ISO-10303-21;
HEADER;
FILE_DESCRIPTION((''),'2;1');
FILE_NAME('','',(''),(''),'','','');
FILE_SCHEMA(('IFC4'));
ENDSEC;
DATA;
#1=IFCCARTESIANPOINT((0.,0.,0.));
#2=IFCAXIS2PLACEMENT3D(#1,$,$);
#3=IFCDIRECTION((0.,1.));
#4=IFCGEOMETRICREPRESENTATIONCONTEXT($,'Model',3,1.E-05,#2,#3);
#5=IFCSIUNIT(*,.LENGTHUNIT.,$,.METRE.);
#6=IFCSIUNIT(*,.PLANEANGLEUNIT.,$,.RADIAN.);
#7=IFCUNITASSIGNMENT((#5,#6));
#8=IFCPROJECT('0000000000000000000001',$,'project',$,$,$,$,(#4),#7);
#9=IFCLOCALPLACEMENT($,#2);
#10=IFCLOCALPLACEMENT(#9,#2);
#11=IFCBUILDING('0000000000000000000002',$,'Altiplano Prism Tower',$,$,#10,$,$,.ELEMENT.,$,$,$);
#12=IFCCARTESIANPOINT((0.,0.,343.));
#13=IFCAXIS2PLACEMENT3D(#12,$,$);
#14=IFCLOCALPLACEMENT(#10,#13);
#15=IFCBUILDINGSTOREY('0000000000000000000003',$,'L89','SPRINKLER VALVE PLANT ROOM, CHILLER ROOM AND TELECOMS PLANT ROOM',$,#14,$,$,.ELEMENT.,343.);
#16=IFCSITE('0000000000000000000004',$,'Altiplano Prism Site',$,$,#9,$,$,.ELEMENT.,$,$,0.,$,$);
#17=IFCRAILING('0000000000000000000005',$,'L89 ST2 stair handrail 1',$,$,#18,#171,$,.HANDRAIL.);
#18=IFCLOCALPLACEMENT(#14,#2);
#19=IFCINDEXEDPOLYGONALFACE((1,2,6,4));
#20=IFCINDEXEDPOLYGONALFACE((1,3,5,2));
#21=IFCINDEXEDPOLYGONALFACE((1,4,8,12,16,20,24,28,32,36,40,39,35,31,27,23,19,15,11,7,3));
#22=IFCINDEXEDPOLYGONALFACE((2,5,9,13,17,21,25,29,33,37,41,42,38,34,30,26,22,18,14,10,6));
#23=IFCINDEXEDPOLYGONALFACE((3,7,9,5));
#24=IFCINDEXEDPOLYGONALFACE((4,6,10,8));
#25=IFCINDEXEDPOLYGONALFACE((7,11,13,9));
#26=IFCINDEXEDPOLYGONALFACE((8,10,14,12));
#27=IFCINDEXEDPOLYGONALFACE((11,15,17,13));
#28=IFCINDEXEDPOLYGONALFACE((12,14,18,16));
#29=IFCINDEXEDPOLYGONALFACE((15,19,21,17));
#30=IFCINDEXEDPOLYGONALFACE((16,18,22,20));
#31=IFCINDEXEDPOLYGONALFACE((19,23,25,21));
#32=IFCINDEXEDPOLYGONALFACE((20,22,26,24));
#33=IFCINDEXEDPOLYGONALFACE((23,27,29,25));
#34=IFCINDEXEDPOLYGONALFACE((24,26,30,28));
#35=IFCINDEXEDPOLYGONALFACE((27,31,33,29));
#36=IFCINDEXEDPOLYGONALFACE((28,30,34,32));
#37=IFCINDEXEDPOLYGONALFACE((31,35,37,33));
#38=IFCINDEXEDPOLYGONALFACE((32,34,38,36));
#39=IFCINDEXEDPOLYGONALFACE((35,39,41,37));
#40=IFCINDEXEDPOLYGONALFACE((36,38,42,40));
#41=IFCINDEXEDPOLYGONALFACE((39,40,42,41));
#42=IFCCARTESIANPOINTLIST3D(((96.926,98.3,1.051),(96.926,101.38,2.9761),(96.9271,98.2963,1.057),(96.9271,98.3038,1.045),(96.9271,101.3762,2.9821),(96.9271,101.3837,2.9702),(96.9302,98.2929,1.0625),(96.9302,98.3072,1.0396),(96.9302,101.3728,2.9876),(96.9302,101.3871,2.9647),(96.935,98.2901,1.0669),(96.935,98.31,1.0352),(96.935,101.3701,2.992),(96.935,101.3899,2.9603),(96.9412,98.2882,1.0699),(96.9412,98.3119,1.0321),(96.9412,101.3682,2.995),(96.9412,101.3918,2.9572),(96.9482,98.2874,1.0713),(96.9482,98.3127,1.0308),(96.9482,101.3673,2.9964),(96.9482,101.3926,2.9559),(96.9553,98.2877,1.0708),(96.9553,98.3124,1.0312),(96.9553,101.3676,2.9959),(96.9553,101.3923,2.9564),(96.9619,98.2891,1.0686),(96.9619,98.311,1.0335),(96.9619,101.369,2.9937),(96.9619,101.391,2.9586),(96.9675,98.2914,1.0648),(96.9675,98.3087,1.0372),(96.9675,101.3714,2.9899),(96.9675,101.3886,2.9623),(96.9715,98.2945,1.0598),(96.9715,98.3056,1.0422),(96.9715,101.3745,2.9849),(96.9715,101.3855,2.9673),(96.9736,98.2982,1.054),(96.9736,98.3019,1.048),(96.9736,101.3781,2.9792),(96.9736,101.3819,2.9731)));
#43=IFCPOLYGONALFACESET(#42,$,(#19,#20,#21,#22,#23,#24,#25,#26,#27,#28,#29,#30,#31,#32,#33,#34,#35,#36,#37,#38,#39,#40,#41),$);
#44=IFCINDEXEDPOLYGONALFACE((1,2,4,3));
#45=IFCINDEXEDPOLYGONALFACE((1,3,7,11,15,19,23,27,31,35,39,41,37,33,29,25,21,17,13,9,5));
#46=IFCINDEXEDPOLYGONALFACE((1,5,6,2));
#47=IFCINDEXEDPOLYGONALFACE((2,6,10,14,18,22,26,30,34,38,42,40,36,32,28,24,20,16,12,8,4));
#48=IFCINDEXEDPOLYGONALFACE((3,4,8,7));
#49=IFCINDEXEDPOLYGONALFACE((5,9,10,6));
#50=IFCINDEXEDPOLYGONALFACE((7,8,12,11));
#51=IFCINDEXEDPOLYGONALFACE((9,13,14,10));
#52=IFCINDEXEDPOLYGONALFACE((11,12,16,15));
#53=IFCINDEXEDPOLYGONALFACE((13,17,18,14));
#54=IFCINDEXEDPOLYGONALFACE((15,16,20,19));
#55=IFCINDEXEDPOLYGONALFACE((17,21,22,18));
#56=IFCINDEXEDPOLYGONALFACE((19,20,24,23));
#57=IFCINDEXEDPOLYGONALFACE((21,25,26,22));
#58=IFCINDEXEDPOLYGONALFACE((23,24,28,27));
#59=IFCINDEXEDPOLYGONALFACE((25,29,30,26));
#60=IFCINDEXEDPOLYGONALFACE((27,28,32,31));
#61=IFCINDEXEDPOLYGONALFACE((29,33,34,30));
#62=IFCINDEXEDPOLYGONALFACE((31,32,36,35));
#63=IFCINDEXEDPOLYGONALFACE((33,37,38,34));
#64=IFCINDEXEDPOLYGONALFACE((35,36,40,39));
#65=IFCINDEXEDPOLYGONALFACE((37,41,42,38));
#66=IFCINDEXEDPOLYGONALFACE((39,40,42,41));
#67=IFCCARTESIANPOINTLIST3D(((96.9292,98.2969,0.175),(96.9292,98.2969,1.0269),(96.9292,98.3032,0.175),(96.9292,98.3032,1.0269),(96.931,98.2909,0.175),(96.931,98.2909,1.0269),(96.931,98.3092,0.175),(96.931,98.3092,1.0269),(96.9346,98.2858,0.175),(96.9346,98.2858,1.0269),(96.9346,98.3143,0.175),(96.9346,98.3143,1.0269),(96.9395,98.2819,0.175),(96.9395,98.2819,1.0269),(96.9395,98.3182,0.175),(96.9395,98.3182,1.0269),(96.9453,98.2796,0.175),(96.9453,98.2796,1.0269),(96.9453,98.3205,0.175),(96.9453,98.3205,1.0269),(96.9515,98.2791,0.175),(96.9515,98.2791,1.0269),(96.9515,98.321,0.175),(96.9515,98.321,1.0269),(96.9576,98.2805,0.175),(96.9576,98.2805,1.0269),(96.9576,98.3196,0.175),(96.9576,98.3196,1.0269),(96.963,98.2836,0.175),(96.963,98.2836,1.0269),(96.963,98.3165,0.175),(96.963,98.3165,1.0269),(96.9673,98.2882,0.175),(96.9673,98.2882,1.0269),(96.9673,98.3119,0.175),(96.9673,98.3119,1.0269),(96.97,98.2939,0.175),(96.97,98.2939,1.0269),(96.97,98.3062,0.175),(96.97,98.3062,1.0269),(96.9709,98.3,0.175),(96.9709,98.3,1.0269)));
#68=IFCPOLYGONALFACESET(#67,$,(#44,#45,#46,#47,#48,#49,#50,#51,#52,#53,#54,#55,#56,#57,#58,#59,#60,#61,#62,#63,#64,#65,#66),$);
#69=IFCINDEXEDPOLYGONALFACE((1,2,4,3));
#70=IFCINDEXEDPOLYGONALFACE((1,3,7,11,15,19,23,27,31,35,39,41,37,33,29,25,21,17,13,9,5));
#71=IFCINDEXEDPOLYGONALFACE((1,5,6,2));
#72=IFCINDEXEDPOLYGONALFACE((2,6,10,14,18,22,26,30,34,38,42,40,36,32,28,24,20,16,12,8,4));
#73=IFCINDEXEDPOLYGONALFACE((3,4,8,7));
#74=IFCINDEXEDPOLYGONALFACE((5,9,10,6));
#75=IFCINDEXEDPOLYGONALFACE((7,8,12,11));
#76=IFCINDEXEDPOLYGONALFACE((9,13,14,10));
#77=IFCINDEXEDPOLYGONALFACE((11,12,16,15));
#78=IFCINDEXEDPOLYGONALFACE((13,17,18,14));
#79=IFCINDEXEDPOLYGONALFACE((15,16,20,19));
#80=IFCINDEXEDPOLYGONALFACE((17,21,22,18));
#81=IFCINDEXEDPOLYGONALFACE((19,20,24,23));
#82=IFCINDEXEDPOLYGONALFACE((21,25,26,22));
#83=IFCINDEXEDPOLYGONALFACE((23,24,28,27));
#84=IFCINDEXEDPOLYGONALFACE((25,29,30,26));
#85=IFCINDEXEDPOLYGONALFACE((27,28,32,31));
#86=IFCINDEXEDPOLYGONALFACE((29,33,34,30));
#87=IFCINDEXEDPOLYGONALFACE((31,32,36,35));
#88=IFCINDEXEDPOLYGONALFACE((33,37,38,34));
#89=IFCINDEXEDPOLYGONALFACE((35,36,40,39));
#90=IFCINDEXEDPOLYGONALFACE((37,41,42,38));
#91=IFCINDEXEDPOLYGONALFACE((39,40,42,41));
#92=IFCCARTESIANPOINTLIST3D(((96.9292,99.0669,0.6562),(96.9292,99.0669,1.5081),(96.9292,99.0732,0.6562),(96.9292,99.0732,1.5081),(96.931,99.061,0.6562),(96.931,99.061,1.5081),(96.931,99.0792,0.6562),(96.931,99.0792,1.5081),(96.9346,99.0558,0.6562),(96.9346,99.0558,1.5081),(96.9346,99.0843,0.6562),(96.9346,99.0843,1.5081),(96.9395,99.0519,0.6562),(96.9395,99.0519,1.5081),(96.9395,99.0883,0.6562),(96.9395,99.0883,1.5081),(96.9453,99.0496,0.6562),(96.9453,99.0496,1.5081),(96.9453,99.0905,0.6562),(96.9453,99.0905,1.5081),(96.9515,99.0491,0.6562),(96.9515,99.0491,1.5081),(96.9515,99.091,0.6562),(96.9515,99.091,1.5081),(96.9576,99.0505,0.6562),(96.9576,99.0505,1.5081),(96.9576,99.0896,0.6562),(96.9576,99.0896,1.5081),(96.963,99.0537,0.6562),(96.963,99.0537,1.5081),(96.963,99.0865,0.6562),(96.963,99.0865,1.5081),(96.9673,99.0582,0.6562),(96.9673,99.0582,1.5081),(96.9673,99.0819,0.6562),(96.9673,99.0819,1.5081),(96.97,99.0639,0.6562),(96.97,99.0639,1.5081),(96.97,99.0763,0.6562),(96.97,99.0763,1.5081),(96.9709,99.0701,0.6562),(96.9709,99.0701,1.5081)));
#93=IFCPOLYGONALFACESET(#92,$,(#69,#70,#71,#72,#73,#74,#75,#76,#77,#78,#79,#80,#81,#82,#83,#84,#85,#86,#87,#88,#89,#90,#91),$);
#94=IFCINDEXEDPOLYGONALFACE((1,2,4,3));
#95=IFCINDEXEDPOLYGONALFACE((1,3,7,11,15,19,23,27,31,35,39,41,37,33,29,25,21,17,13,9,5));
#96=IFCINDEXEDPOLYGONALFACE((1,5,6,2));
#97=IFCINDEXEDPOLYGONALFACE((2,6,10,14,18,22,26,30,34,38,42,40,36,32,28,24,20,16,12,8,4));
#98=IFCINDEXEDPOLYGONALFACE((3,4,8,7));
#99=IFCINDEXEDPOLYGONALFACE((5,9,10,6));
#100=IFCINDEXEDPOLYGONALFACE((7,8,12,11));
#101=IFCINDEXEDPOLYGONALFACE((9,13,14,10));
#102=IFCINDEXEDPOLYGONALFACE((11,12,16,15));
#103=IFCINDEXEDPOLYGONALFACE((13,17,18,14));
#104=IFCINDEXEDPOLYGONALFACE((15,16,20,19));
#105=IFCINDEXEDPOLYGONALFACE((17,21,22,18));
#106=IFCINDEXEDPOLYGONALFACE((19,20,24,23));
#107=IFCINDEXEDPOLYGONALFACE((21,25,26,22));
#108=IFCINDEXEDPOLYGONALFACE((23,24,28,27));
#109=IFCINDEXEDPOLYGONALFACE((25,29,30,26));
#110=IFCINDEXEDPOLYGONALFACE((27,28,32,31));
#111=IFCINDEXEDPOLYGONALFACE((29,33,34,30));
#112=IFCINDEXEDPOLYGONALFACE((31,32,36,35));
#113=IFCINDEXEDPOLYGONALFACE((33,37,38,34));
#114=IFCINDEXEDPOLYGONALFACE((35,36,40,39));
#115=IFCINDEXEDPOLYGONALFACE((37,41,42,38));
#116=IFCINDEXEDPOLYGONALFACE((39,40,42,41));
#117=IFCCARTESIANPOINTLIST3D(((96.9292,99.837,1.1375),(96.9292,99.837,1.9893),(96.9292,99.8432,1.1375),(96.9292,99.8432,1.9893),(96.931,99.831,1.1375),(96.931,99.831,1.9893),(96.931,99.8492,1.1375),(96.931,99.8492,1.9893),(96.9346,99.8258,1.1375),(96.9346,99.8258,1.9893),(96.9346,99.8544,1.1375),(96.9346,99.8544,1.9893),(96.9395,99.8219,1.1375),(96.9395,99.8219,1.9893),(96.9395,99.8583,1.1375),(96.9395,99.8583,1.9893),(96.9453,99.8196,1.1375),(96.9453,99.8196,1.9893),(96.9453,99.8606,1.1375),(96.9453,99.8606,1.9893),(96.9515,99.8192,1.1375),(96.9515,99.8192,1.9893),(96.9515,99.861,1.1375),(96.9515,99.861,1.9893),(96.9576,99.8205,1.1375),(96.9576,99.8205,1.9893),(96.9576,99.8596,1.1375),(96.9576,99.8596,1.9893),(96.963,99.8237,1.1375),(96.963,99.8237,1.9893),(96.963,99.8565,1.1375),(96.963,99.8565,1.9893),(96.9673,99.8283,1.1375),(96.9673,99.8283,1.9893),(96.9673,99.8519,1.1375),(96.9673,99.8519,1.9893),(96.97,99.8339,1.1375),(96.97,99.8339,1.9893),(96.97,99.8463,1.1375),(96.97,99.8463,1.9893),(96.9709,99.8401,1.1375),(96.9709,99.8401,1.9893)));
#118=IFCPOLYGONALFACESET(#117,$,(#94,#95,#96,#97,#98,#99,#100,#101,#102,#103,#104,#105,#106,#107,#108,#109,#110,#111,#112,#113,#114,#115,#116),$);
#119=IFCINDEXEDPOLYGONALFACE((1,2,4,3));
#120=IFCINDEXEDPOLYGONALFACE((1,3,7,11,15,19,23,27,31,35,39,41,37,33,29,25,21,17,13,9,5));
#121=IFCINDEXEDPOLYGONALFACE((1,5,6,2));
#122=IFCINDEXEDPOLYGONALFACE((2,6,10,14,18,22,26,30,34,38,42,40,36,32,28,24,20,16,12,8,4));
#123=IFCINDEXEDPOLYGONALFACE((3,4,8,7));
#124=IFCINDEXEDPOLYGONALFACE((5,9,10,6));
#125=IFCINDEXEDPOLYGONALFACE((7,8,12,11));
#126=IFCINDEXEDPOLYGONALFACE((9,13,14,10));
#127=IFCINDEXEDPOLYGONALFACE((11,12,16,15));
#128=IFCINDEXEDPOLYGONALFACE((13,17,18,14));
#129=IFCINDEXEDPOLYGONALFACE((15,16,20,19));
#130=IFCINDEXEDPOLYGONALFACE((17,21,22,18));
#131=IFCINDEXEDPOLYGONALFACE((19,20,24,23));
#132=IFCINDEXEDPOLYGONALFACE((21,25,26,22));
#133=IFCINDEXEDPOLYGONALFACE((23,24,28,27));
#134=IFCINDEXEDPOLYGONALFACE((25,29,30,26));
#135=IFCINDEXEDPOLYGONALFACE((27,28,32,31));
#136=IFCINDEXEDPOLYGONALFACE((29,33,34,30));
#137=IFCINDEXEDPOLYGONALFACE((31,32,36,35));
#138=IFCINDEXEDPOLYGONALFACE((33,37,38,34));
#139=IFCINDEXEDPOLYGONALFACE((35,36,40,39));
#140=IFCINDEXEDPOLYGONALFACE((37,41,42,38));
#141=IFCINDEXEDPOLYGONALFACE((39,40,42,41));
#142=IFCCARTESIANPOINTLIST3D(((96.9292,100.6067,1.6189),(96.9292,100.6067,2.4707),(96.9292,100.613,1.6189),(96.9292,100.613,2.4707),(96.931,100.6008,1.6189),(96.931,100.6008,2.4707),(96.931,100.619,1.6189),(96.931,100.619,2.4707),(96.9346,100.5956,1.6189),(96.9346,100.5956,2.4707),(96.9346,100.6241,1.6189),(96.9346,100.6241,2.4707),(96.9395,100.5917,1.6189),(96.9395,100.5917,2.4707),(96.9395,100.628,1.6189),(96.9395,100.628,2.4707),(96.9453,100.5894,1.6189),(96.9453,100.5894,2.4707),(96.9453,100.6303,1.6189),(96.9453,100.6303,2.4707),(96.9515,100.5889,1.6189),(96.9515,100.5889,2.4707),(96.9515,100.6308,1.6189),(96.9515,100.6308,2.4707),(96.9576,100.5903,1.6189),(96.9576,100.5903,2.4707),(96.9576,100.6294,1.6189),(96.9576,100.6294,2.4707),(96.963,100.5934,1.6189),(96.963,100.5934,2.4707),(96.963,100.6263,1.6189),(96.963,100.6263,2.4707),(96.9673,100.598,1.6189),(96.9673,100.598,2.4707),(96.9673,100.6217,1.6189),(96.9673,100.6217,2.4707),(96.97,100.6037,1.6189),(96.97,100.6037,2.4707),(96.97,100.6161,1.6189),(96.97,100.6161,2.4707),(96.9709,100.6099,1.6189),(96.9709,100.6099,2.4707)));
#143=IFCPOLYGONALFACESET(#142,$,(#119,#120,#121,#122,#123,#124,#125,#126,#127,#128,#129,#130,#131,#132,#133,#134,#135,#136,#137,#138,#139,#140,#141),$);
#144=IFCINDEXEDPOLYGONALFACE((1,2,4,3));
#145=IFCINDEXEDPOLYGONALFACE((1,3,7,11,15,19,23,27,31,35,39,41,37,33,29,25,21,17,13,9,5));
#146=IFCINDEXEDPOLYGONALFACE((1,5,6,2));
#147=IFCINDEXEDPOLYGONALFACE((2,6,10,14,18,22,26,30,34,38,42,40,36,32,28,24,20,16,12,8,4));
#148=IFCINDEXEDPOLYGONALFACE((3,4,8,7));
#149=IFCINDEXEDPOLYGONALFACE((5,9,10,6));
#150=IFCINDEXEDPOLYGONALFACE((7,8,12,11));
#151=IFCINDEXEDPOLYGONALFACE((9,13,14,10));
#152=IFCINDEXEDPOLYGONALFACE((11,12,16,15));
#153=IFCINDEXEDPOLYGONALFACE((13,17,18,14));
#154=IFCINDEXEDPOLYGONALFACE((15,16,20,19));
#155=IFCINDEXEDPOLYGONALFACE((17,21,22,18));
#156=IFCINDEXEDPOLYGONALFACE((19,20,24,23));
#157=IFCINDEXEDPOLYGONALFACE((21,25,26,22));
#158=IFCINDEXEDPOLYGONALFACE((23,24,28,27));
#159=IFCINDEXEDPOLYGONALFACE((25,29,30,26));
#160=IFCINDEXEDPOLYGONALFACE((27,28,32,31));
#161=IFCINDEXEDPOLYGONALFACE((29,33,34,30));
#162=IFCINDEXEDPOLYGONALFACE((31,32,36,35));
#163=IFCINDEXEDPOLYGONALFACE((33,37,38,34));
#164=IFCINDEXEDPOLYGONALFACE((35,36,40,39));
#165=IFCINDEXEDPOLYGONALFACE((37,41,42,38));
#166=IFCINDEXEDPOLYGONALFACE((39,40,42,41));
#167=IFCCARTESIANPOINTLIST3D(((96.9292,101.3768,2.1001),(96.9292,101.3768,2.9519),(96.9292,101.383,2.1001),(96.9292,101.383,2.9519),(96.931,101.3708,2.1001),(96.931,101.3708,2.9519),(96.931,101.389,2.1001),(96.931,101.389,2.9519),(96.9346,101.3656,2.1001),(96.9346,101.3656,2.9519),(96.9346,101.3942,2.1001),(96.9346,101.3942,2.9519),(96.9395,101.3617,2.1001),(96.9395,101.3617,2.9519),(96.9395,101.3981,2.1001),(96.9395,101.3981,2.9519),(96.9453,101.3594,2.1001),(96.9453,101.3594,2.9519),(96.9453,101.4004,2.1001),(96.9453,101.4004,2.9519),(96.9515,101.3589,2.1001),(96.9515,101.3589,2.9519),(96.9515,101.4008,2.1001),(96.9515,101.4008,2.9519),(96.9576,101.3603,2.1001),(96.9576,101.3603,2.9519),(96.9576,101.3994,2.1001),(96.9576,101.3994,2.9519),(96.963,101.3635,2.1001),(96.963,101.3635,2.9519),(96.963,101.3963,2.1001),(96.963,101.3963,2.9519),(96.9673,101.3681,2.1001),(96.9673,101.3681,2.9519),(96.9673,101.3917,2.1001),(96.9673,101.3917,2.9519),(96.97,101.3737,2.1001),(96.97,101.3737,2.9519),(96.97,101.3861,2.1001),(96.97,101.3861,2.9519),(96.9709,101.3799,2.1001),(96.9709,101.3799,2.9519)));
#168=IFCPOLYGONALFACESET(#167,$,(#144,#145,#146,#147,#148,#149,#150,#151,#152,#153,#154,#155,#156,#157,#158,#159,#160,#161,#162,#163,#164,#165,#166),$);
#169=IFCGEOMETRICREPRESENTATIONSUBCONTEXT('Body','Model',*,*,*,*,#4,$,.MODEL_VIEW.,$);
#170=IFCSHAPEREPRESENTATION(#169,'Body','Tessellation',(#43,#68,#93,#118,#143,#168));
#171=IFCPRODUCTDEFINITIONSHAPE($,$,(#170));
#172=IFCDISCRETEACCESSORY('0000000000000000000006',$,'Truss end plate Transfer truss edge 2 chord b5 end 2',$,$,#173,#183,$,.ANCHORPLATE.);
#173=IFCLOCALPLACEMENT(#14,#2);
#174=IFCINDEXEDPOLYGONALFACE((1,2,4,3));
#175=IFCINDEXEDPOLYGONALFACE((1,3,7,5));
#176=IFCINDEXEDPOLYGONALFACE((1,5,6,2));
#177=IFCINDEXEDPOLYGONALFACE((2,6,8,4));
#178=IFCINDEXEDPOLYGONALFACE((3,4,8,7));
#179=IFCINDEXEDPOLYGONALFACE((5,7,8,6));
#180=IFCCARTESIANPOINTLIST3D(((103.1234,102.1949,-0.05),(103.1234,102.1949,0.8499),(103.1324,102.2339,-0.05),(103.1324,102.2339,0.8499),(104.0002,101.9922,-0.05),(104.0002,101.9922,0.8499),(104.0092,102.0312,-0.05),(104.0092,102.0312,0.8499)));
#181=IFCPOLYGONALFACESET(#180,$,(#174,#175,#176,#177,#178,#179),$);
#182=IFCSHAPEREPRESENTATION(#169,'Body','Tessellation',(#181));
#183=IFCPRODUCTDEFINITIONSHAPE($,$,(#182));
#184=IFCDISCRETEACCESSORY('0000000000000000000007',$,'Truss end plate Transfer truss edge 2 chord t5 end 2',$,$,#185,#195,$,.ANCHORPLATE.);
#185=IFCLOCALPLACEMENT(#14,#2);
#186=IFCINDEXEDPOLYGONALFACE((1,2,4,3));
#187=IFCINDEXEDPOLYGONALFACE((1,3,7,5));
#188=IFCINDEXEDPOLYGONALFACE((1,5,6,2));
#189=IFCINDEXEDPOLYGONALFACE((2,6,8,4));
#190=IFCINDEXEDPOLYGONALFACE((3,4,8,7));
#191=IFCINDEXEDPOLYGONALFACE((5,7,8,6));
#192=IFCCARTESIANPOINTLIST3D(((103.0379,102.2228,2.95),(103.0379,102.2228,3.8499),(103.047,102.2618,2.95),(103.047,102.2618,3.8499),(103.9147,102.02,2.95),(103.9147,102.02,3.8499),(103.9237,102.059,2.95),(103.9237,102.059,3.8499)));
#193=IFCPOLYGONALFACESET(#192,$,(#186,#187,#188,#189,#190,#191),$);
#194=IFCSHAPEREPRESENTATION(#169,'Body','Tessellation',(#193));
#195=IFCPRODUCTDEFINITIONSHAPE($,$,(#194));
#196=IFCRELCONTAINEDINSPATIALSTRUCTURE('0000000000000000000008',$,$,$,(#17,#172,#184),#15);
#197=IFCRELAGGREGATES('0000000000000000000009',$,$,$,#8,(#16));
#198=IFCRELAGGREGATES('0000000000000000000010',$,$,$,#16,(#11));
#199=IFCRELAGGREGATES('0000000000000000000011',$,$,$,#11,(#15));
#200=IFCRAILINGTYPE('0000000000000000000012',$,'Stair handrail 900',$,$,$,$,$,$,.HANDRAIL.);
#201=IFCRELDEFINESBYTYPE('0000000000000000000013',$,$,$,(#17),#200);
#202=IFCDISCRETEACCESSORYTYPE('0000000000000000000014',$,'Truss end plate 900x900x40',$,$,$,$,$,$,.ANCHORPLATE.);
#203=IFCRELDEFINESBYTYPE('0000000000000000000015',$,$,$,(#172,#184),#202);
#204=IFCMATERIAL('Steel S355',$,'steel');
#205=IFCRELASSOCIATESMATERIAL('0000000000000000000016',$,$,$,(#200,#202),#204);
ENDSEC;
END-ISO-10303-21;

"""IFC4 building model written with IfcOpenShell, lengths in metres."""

from ifc_helpers import new_model, si_unit, direction, frame, origin, origin_2d, place, context, subcontext, project, spatial, rectangle, circle, extrude, material, material_profile, profile_set, type_object, element, save


model = new_model("IFC4")

# Units and contexts
model_context = context("Model", 3, precision=1e-05, world=origin(), true_north=direction((0.0, 1.0)))
body_context = subcontext(model_context, "Body", "Model", "MODEL_VIEW")
ifc_project = project(units=[si_unit("LENGTHUNIT", "METRE"), si_unit("PLANEANGLEUNIT", "RADIAN")], contexts=[model_context])

# Site, building, storey
site_placement = place(None, origin())
site = spatial("IfcSite", under=ifc_project, at=site_placement, Name="Altiplano Prism Site", CompositionType="ELEMENT", RefElevation=0.0)
building_placement = place(site_placement, origin())
building = spatial("IfcBuilding", under=site, at=building_placement, Name="Altiplano Prism Tower", CompositionType="ELEMENT")
storey_placement = place(building_placement, frame((0.0, 0.0, 343.0)))
storey = spatial("IfcBuildingStorey", under=building, at=storey_placement, Name="L89", Description="SPRINKLER VALVE PLANT ROOM, CHILLER ROOM AND TELECOMS PLANT ROOM", CompositionType="ELEMENT", Elevation=343.0)

# Shared definitions
ifc_material_1 = material(Name="Steel S355", Category="steel")

# Railing
railing_type = type_object("IfcRailingType", Name="Stair handrail 900", PredefinedType="HANDRAIL", material=ifc_material_1)
railing_placement = place(storey_placement, frame((96.95, 98.3, 0.175)))
element("IfcRailing", 1, at=railing_placement, inside=storey, type_object=railing_type, Name="L89 ST2 stair handrail 1", PredefinedType="HANDRAIL", context=body_context, shape_type="SweptSolid", body=[
    extrude(circle(Radius=0.0239, at=origin_2d()), frame((0.0, 0.0, 0.876), z_axis=(0.0, 0.847979, 0.530029), x_axis=(-1.0, 0.0, 0.0)), (0.0, 0.0, 1.0), 3.6321),
    extrude(circle(Radius=0.021, at=origin_2d()), origin(), (0.0, 0.0, 1.0), 0.8518),
    extrude(circle(Radius=0.021, at=origin_2d()), frame((0.0, 0.77, 0.4812)), (0.0, 0.0, 1.0), 0.8518),
    extrude(circle(Radius=0.021, at=origin_2d()), frame((0.0, 1.54, 0.9624)), (0.0, 0.0, 1.0), 0.8518),
    extrude(circle(Radius=0.021, at=origin_2d()), frame((0.0, 2.3098, 1.4438)), (0.0, 0.0, 1.0), 0.8518),
    extrude(circle(Radius=0.021, at=origin_2d()), frame((0.0, 3.0798, 1.925)), (0.0, 0.0, 1.0), 0.8518),
])

# Discrete accessories
ifc_material_profile_1 = material_profile(ifc_material_1, rectangle(XDim=0.8999, YDim=0.8999, at=origin_2d()), Name="Truss end plate 900x900x40")
ifc_profile_set_1 = profile_set([ifc_material_profile_1], Name="Steel S355")
discrete_accessory_type = type_object("IfcDiscreteAccessoryType", Name="Truss end plate 900x900x40", PredefinedType="ANCHORPLATE", material=ifc_profile_set_1)
for number, where, z_axis, x_axis, name in (
    (2, (103.5708, 102.1326, 0.3999), (-0.225304, -0.974288, 0.0), (0.974288, -0.225304, 0.0), "Truss end plate Transfer truss edge 2 chord b5 end 2"),
    (3, (103.4854, 102.1604, 3.3999), (-0.225304, -0.974288, 0.0), (0.974288, -0.225304, 0.0), "Truss end plate Transfer truss edge 2 chord t5 end 2"),
):
    element("IfcDiscreteAccessory", number, at=place(storey_placement, frame(where, z_axis=z_axis, x_axis=x_axis)), inside=storey, type_object=discrete_accessory_type, Name=name, PredefinedType="ANCHORPLATE", context=body_context, shape_type="SweptSolid", body=[
        extrude(rectangle(XDim=0.8999, YDim=0.8999, at=origin_2d()), origin(), (0.0, 0.0, 1.0), 0.04),
    ])

save(model, "model.ifc")
